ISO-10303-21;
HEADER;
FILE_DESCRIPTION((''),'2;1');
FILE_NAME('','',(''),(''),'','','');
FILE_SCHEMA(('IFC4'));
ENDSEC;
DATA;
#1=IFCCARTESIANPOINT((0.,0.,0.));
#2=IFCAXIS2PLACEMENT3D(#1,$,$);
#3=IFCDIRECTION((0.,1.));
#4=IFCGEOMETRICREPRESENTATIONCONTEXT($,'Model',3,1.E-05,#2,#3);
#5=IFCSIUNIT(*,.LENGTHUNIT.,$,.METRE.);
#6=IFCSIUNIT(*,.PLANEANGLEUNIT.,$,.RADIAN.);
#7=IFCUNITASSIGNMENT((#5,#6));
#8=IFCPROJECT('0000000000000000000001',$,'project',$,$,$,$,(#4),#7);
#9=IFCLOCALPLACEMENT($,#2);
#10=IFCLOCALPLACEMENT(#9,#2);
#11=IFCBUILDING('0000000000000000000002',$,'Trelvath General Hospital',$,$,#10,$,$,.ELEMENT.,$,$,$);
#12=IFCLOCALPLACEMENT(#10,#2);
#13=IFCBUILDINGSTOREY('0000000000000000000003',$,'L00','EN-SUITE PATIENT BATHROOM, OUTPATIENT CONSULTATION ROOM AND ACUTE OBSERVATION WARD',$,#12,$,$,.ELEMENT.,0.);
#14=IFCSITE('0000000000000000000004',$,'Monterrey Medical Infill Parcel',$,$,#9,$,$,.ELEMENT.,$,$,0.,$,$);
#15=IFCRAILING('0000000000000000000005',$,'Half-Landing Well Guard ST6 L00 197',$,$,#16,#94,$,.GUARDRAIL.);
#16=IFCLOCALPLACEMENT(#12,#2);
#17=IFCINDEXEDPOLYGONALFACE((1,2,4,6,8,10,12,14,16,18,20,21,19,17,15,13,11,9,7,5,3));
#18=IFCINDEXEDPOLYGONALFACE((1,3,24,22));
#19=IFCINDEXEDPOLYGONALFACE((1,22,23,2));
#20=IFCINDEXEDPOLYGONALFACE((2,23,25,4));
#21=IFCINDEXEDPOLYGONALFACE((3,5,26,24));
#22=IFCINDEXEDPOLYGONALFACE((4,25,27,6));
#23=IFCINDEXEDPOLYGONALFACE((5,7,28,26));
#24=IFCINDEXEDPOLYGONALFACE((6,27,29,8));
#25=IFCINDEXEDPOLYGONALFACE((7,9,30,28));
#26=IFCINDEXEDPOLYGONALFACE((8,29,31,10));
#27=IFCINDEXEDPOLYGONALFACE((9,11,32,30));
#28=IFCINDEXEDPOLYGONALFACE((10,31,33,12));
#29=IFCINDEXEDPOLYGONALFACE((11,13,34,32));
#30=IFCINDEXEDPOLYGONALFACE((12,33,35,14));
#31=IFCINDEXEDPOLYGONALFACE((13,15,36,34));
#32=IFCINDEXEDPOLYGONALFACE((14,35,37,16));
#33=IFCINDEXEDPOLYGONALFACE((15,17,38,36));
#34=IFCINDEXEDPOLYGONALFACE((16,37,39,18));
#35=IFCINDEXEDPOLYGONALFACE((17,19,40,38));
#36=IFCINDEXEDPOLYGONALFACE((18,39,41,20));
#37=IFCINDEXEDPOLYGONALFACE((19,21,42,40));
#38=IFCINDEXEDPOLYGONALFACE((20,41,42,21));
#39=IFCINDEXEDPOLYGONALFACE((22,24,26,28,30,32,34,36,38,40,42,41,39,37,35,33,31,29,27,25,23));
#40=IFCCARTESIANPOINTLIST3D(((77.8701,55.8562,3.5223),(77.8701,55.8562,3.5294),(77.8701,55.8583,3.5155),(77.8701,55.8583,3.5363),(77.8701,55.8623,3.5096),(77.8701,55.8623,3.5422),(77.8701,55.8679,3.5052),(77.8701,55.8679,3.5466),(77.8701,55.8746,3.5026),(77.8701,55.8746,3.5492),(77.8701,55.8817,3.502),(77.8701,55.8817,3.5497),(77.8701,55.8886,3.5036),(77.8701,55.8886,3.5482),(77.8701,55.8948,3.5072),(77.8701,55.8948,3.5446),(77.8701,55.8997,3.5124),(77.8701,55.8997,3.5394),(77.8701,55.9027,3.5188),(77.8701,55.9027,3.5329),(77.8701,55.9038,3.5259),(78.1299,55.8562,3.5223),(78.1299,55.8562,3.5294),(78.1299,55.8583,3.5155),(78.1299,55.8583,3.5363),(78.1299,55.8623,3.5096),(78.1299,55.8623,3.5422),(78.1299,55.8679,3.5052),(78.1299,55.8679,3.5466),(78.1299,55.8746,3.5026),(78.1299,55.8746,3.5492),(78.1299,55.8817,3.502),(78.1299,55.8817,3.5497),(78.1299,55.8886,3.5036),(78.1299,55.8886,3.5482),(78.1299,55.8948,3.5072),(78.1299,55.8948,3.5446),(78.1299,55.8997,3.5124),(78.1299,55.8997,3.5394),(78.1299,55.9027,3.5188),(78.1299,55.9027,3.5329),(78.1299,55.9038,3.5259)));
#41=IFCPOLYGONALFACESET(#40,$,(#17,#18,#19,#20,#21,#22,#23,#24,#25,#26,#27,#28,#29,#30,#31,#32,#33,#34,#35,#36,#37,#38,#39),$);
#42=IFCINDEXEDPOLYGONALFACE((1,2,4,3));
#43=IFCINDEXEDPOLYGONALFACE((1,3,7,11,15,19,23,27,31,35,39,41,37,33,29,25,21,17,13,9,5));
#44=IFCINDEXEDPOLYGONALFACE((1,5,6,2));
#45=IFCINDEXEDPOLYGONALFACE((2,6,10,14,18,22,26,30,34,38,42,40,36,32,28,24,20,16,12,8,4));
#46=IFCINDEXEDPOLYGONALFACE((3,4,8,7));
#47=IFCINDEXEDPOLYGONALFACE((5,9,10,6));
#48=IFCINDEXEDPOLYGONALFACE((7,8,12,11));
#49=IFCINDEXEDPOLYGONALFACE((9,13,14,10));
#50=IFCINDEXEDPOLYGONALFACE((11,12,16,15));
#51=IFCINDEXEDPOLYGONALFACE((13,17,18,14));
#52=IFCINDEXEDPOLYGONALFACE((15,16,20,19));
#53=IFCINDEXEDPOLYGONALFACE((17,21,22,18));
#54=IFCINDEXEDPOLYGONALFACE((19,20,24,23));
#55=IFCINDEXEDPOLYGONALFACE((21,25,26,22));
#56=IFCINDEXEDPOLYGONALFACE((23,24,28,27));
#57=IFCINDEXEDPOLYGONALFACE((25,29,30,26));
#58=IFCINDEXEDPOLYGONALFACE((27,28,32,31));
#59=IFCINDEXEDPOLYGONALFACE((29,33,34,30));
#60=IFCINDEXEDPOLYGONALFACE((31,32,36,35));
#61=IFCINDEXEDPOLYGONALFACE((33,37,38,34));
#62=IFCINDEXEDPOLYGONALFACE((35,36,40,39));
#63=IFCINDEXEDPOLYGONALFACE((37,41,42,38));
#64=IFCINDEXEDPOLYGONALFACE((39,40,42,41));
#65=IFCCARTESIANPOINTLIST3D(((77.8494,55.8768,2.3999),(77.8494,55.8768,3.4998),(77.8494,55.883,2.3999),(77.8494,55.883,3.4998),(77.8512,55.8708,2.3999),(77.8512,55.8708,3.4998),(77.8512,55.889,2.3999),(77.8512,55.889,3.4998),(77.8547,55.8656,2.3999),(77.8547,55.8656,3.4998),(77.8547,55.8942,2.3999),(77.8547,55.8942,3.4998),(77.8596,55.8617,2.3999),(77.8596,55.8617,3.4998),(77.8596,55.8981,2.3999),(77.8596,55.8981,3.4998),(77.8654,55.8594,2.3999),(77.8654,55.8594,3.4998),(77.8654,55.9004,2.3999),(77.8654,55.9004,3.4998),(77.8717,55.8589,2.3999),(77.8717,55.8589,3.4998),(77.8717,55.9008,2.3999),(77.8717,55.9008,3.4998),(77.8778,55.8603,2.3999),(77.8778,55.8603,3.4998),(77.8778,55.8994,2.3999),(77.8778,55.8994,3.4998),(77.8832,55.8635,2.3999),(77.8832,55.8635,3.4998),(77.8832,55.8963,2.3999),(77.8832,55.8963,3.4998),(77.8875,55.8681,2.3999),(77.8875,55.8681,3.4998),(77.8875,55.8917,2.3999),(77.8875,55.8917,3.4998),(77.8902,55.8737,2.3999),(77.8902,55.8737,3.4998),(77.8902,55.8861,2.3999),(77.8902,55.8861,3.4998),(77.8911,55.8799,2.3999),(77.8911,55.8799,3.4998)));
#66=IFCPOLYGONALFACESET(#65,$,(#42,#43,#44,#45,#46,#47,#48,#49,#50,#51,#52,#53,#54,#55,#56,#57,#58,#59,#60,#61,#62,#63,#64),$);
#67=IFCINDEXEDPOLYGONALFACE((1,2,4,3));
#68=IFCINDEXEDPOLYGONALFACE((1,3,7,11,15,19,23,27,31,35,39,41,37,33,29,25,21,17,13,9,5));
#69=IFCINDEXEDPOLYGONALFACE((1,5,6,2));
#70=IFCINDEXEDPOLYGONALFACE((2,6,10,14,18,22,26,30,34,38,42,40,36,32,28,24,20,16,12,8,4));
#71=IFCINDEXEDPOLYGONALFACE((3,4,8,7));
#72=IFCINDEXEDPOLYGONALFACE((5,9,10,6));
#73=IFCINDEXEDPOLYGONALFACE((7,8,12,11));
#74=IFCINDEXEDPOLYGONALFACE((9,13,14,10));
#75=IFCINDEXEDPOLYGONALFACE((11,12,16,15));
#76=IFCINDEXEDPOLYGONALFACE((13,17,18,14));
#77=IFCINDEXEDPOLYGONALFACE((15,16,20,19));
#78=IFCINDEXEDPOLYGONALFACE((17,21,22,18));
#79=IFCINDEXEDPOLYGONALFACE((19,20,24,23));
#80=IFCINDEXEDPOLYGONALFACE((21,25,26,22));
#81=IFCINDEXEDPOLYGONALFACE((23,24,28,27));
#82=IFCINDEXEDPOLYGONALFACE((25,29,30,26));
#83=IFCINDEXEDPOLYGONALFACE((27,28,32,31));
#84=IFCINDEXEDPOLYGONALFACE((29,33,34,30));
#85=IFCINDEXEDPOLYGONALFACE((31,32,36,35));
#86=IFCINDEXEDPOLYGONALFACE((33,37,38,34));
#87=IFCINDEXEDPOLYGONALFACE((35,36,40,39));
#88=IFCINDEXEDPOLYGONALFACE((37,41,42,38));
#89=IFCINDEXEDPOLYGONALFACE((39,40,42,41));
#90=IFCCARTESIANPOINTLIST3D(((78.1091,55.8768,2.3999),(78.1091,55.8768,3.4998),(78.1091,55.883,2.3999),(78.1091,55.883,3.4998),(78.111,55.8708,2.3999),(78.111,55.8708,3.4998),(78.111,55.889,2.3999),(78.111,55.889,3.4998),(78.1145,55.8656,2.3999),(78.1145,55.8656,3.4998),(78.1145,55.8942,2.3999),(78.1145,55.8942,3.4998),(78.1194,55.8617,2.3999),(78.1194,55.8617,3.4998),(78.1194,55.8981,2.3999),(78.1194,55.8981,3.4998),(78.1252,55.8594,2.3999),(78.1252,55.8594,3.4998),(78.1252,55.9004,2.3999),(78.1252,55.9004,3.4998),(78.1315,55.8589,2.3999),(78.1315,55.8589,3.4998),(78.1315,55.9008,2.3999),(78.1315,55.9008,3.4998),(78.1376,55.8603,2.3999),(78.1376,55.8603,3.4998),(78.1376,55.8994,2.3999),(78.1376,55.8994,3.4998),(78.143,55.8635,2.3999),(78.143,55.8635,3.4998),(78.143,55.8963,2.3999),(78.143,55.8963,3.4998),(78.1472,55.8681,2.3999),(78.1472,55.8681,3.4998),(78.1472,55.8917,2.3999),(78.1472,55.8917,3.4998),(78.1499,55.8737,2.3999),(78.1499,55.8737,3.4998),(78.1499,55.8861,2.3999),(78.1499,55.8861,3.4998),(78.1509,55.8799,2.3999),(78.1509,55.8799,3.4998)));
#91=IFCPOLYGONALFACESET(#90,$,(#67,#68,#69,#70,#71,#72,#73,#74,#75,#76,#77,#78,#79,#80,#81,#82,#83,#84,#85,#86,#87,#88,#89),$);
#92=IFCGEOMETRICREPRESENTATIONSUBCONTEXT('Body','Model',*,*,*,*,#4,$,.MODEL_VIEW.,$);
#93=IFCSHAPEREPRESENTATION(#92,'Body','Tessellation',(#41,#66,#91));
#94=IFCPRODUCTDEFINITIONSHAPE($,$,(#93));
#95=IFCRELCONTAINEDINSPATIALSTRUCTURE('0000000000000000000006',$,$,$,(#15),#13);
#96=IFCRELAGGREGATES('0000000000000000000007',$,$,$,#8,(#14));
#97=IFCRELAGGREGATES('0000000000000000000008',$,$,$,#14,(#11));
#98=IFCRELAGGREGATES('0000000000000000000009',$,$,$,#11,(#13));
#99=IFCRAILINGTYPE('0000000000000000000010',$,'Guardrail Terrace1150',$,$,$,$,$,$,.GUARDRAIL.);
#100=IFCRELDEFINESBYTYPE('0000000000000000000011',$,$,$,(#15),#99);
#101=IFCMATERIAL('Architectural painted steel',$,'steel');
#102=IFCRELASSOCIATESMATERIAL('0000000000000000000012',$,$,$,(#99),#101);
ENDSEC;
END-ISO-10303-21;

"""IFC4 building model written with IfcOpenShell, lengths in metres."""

from ifc_helpers import new_model, si_unit, direction, frame, origin, origin_2d, place, context, subcontext, project, spatial, circle, extrude, material, type_object, element, save


model = new_model("IFC4")

# Units and contexts
model_context = context("Model", 3, precision=1e-05, world=origin(), true_north=direction((0.0, 1.0)))
body_context = subcontext(model_context, "Body", "Model", "MODEL_VIEW")
ifc_project = project(units=[si_unit("LENGTHUNIT", "METRE"), si_unit("PLANEANGLEUNIT", "RADIAN")], contexts=[model_context])

# Site, building, storey
site_placement = place(None, origin())
site = spatial("IfcSite", under=ifc_project, at=site_placement, Name="Monterrey Medical Infill Parcel", CompositionType="ELEMENT", RefElevation=0.0)
building_placement = place(site_placement, origin())
building = spatial("IfcBuilding", under=site, at=building_placement, Name="Trelvath General Hospital", CompositionType="ELEMENT")
storey_placement = place(building_placement, origin())
storey = spatial("IfcBuildingStorey", under=building, at=storey_placement, Name="L00", Description="EN-SUITE PATIENT BATHROOM, OUTPATIENT CONSULTATION ROOM AND ACUTE OBSERVATION WARD", CompositionType="ELEMENT", Elevation=0.0)

# Railing
ifc_material_1 = material(Name="Architectural painted steel", Category="steel")
railing_type_1 = type_object("IfcRailingType", Name="Guardrail Terrace1150", PredefinedType="GUARDRAIL", material=ifc_material_1)
railing_1_placement = place(storey_placement, frame((77.8701, 55.8799, 2.3999)))
element("IfcRailing", 1, at=railing_1_placement, inside=storey, type_object=railing_type_1, Name="Half-Landing Well Guard ST6 L00 197", PredefinedType="GUARDRAIL", context=body_context, shape_type="SweptSolid", body=[
    extrude(circle(Radius=0.0239, at=origin_2d()), frame((0.0, 0.0, 1.126), z_axis=(1.0, 0.0, 0.0), x_axis=(0.0, 1.0, 0.0)), (0.0, 0.0, 1.0), 0.2598),
    extrude(circle(Radius=0.021, at=origin_2d()), origin(), (0.0, 0.0, 1.0), 1.0999),
    extrude(circle(Radius=0.021, at=origin_2d()), frame((0.2598, 0.0, 0.0)), (0.0, 0.0, 1.0), 1.0999),
])

save(model, "model.ifc")
